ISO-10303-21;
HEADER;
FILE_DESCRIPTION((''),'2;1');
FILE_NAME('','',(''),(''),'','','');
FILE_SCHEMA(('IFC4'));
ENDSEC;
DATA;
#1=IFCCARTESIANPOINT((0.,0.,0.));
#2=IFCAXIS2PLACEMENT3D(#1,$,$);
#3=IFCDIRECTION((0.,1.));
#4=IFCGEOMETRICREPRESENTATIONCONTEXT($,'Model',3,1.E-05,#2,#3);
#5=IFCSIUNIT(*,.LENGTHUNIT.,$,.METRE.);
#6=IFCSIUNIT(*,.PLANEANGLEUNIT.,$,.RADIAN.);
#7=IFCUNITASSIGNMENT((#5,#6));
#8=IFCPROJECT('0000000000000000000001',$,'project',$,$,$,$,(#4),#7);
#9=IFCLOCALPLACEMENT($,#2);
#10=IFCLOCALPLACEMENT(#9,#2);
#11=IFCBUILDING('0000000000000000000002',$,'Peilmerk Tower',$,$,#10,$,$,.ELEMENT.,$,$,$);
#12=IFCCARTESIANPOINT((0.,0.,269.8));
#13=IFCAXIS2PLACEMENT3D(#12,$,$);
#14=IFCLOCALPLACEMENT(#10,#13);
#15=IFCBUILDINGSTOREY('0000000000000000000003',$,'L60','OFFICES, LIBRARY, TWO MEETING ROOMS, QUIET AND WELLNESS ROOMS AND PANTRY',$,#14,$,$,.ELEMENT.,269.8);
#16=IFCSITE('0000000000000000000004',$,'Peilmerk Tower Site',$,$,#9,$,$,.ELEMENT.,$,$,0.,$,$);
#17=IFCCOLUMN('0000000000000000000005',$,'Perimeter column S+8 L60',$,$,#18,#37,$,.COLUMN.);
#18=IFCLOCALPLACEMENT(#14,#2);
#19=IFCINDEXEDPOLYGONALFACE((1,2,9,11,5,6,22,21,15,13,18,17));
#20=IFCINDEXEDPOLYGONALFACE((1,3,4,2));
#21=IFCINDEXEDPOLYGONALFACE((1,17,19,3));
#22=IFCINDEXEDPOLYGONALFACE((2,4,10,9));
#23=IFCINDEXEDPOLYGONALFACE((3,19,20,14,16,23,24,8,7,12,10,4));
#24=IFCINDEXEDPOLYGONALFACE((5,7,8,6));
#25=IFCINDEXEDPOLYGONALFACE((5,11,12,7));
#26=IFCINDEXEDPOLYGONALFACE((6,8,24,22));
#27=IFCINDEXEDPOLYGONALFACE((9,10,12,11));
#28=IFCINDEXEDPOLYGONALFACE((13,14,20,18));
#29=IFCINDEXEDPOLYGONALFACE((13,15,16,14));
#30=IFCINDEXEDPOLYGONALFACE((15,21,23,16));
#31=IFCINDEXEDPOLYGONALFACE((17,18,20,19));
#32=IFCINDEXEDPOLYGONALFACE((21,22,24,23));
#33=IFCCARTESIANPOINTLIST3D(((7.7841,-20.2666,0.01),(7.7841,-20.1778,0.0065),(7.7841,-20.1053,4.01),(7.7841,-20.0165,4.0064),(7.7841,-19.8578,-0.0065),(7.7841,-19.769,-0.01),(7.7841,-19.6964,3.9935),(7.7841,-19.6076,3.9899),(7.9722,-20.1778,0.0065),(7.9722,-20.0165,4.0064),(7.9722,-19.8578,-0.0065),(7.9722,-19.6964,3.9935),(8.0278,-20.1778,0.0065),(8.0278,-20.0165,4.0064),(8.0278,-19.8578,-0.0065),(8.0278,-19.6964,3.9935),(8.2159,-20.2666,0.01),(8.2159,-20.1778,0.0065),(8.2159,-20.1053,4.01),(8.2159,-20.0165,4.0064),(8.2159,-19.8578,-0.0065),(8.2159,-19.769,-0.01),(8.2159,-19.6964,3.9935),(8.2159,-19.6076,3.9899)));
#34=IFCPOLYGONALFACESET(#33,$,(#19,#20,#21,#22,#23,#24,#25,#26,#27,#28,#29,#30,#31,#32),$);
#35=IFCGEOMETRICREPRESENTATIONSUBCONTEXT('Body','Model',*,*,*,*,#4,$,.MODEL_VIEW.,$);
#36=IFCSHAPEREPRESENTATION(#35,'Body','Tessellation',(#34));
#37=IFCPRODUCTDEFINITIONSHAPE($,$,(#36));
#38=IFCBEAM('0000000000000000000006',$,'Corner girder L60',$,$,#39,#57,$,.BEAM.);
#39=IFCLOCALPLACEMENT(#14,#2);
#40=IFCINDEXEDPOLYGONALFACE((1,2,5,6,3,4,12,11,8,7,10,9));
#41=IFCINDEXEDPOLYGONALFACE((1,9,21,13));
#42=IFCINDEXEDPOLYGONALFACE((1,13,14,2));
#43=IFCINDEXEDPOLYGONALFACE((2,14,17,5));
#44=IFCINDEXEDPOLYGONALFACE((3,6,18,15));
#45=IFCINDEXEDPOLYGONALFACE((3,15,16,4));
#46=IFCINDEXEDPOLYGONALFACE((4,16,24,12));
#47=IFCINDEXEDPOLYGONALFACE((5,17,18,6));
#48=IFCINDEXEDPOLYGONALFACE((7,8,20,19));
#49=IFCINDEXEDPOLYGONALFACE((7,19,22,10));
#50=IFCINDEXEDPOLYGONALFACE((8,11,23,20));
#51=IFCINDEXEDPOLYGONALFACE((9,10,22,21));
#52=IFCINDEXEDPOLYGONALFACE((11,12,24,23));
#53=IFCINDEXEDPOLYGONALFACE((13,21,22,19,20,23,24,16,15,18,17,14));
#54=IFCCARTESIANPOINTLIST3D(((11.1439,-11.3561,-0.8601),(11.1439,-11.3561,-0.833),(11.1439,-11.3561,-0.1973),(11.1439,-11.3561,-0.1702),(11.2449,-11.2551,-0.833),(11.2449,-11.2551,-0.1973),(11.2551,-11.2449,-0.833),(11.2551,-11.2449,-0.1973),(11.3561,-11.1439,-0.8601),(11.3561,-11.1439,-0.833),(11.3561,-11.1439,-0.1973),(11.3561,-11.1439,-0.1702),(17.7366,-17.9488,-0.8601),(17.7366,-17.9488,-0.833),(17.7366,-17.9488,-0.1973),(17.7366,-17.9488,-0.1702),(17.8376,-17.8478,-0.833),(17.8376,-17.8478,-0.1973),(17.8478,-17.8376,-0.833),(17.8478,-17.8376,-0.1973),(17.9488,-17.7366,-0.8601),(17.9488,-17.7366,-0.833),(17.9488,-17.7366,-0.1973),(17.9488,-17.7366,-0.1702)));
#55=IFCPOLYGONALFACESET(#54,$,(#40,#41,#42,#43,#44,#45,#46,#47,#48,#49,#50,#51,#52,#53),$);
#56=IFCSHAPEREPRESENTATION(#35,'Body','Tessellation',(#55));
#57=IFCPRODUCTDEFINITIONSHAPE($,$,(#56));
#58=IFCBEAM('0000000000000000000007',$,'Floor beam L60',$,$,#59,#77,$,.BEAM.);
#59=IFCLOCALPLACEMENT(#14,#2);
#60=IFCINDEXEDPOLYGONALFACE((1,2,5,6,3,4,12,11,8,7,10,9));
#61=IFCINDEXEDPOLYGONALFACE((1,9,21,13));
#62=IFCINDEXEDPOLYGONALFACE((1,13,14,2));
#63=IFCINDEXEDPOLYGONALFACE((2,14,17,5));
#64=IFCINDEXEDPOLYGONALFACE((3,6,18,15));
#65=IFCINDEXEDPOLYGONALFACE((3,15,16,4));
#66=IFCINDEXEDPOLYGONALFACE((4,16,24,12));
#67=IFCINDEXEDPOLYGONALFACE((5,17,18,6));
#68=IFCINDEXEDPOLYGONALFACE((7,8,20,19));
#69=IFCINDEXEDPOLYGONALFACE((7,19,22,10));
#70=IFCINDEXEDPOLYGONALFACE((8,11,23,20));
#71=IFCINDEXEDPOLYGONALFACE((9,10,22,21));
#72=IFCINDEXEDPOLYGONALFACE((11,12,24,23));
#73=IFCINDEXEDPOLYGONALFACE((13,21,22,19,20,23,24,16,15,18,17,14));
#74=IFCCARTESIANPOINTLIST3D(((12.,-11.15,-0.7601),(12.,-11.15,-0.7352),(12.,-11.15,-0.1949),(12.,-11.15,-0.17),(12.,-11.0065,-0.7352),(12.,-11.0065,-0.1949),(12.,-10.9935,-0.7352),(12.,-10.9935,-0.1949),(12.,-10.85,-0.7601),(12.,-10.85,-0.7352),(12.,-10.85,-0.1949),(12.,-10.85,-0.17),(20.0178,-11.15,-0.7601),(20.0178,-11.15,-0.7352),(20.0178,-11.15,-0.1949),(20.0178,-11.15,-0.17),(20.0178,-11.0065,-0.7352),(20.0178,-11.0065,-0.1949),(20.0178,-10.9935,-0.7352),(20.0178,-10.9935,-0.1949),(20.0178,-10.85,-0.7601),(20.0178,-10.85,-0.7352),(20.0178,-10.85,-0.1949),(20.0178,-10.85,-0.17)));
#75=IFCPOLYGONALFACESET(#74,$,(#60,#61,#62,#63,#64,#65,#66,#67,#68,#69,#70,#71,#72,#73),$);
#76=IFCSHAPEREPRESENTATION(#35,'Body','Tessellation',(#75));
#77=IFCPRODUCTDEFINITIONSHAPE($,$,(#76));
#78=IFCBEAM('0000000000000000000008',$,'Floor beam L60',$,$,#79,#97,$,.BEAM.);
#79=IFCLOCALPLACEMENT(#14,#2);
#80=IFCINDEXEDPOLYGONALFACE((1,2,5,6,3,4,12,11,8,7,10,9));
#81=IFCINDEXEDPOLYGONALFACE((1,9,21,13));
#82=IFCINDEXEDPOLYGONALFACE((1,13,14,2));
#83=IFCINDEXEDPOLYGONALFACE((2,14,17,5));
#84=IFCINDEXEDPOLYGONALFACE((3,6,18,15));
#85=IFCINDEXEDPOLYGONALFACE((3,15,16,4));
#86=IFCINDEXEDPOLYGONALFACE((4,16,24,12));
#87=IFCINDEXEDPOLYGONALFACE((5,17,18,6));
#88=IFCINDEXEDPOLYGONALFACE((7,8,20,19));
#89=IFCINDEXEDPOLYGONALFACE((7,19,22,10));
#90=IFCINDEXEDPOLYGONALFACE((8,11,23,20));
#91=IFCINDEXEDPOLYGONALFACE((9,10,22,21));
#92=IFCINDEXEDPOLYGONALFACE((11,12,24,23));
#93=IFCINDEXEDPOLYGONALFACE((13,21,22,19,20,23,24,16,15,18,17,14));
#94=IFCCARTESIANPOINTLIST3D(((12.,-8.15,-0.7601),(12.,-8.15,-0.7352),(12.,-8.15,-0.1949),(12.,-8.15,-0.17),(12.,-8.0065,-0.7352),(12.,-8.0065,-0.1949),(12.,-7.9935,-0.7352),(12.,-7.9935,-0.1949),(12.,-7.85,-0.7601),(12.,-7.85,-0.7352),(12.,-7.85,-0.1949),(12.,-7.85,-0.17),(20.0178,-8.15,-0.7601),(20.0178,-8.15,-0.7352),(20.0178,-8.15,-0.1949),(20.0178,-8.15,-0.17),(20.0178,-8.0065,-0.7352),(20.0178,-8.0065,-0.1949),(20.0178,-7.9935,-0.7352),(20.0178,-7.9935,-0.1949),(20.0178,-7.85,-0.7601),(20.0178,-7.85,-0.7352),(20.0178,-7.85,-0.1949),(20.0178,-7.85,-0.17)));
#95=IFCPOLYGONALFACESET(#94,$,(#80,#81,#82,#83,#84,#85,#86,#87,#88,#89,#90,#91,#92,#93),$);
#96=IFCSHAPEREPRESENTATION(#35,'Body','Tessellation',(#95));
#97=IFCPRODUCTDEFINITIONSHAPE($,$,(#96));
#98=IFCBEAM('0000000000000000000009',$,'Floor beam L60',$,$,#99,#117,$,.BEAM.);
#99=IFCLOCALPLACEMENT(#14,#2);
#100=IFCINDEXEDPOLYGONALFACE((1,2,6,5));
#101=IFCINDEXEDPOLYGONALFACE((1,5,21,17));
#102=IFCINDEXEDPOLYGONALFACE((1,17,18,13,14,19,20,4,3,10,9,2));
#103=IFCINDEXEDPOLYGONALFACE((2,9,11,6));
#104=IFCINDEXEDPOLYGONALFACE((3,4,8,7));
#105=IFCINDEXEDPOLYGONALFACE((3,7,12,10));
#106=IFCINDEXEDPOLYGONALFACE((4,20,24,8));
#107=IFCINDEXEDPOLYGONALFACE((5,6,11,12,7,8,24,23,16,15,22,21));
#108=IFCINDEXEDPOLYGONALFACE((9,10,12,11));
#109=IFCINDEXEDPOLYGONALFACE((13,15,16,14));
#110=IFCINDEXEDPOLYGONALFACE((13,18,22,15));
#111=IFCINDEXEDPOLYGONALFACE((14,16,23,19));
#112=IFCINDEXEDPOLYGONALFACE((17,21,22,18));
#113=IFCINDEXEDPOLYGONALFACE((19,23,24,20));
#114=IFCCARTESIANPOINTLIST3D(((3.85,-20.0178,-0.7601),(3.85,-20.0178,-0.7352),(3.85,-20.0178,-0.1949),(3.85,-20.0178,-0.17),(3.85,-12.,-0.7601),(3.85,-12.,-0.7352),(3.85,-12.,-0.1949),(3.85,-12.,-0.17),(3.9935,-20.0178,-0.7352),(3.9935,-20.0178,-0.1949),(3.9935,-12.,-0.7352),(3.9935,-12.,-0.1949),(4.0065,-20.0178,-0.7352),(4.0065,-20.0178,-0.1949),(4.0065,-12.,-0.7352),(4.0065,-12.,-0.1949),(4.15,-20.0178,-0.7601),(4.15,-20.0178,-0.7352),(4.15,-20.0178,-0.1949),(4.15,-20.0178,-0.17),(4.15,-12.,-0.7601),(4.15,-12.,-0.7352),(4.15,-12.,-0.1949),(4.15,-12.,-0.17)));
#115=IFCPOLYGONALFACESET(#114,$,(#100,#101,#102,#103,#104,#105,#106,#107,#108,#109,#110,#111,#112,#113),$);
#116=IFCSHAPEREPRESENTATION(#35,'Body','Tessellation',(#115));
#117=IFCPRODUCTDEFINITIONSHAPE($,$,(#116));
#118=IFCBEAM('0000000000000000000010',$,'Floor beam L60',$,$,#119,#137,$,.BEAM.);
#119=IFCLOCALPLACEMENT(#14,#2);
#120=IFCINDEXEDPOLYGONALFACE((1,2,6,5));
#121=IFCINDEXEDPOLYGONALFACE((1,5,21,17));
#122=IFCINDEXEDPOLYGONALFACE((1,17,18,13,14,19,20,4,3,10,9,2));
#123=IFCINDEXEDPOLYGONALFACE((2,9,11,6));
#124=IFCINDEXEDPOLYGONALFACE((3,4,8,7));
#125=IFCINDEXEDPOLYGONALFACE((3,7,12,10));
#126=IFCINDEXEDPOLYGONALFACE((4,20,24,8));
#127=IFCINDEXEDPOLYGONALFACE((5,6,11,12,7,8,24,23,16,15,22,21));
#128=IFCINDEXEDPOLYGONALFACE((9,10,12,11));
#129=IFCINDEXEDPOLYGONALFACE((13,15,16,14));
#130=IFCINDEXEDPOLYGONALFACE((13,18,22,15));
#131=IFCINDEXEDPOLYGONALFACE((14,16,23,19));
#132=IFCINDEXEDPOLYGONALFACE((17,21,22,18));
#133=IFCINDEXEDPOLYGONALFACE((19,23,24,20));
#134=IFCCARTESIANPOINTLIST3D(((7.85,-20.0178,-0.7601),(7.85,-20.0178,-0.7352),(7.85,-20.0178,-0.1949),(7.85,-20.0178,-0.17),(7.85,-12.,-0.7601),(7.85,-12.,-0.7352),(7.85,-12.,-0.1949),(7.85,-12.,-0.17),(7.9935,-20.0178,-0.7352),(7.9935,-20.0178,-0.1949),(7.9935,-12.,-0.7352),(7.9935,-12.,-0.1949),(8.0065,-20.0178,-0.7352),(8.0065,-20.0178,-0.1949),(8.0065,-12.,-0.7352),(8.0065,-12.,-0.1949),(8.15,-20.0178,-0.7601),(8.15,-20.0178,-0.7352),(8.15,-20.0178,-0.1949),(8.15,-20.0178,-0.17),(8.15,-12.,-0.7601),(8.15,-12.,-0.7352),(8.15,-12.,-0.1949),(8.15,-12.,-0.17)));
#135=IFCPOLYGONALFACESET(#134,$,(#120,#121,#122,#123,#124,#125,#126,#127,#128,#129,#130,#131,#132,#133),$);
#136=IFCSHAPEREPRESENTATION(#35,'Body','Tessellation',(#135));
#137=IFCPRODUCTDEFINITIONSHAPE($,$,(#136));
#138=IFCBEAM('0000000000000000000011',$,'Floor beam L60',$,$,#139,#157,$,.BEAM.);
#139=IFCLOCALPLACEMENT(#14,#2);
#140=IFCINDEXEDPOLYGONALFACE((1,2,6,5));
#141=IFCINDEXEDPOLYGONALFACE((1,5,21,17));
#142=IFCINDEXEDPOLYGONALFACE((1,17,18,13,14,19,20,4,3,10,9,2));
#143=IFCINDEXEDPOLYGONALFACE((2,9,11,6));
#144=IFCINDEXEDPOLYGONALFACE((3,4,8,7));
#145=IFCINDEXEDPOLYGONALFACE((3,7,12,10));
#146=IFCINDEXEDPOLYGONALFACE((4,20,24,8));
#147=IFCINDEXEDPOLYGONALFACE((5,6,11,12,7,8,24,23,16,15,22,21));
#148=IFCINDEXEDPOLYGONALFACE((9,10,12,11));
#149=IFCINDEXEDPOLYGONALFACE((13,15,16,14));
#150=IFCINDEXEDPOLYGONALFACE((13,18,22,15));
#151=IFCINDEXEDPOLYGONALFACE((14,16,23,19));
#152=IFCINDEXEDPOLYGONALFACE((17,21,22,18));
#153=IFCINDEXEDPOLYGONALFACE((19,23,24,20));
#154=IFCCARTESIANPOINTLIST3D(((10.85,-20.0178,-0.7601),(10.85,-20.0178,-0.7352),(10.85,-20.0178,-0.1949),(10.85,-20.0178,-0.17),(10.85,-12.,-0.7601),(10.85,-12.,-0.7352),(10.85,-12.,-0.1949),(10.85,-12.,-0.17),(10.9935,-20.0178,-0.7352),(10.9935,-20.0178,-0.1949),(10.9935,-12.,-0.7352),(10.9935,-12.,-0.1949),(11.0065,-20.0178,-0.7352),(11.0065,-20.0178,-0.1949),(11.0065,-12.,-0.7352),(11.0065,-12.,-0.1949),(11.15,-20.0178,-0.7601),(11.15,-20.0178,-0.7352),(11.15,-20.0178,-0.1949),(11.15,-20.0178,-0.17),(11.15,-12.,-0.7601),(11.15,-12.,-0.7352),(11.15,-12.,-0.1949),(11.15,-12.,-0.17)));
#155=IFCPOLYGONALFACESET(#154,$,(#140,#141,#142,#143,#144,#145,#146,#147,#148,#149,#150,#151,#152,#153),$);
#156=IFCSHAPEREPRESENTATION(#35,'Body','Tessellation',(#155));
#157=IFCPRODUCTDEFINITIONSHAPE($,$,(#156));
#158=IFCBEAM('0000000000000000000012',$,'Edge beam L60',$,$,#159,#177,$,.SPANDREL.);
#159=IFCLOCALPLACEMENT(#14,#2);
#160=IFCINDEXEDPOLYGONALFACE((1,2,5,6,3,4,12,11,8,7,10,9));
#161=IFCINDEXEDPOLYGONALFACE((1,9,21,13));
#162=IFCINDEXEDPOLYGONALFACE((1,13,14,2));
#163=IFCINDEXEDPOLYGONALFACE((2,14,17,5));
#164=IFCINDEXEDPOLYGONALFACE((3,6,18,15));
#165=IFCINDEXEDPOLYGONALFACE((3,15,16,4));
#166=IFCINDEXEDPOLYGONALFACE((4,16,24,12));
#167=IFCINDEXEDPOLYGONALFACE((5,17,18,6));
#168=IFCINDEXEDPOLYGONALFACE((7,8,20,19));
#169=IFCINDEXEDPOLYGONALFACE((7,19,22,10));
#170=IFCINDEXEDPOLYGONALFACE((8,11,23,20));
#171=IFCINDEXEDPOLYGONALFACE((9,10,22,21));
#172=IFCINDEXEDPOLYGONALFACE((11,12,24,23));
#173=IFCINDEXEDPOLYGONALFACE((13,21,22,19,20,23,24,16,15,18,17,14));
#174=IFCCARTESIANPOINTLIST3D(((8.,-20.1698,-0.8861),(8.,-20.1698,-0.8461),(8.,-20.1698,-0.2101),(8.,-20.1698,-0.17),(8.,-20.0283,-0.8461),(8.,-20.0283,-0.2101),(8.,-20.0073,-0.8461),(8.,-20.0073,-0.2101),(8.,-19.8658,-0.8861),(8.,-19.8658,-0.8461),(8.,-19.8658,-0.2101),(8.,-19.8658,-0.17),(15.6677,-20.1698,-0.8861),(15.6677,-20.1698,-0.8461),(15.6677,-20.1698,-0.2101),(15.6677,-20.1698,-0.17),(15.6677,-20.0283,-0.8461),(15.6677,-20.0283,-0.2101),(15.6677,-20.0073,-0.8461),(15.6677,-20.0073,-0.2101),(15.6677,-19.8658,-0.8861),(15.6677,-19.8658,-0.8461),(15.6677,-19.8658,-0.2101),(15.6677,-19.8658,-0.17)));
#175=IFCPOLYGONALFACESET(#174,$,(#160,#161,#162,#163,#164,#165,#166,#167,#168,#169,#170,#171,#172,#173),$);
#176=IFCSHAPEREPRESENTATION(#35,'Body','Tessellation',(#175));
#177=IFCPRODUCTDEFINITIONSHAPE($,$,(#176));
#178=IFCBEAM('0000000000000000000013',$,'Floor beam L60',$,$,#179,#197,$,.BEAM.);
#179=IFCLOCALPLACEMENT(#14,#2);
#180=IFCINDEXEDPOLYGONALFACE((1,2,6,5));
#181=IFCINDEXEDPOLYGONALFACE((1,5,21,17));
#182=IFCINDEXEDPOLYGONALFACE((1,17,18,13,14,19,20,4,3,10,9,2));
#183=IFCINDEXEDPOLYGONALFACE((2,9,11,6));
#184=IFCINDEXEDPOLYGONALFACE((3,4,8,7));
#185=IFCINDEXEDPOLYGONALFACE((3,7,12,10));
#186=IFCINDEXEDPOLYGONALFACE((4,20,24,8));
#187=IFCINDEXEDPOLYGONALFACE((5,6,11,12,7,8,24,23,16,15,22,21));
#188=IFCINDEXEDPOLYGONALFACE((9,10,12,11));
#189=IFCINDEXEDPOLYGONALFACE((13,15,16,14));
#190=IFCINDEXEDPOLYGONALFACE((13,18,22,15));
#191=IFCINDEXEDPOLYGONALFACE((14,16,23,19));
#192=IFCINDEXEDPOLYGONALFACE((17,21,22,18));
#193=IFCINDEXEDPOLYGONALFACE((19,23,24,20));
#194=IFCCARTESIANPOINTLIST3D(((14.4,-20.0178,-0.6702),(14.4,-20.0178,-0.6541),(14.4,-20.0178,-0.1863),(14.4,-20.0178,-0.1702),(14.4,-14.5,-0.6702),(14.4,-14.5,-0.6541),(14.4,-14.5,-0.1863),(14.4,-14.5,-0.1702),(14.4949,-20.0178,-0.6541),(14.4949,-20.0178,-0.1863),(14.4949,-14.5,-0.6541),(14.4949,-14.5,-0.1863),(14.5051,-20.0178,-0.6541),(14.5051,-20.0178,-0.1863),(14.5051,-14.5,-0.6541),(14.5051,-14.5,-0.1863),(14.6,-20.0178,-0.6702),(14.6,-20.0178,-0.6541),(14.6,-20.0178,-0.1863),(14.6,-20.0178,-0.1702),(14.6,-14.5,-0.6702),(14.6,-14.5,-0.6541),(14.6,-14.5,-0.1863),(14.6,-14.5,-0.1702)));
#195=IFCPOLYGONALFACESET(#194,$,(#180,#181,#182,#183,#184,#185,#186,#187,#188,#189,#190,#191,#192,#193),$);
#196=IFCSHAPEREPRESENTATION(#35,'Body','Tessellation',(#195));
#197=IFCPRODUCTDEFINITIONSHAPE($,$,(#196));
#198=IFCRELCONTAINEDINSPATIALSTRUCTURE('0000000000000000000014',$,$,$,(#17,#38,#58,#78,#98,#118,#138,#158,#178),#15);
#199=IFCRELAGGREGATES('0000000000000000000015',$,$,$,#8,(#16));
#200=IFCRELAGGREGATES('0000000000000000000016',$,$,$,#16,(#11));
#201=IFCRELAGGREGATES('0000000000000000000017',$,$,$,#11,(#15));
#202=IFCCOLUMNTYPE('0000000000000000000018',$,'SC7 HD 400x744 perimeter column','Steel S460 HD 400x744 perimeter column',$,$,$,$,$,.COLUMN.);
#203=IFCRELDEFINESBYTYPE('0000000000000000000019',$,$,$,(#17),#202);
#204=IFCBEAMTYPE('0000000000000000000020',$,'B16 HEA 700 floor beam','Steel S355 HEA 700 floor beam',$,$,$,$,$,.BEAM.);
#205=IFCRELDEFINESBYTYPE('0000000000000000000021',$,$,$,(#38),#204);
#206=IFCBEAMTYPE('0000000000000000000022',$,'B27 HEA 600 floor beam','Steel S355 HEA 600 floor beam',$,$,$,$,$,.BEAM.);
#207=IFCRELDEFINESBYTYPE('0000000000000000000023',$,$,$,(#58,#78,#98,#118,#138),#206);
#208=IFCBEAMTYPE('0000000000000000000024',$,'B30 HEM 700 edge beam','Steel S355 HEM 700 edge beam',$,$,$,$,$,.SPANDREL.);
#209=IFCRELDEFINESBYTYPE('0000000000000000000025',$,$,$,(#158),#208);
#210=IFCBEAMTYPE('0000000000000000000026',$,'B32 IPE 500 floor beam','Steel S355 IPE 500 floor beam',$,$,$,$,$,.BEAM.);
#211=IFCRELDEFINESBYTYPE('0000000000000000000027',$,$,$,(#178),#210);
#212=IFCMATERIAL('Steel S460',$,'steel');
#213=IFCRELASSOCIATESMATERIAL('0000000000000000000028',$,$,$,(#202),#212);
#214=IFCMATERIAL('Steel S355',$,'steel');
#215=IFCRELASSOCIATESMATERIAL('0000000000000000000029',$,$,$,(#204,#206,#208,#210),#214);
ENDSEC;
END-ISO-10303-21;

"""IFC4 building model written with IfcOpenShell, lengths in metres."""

from ifc_helpers import new_model, si_unit, direction, frame, origin, origin_2d, place, context, subcontext, project, spatial, i_section, extrude, material, material_profile, profile_set, type_object, element, save


model = new_model("IFC4")

# Units and contexts
model_context = context("Model", 3, precision=1e-05, world=origin(), true_north=direction((0.0, 1.0)))
body_context = subcontext(model_context, "Body", "Model", "MODEL_VIEW")
ifc_project = project(units=[si_unit("LENGTHUNIT", "METRE"), si_unit("PLANEANGLEUNIT", "RADIAN")], contexts=[model_context])

# Site, building, storey
site_placement = place(None, origin())
site = spatial("IfcSite", under=ifc_project, at=site_placement, Name="Peilmerk Tower Site", CompositionType="ELEMENT", RefElevation=0.0)
building_placement = place(site_placement, origin())
building = spatial("IfcBuilding", under=site, at=building_placement, Name="Peilmerk Tower", CompositionType="ELEMENT")
storey_placement = place(building_placement, frame((0.0, 0.0, 269.8)))
storey = spatial("IfcBuildingStorey", under=building, at=storey_placement, Name="L60", Description="OFFICES, LIBRARY, TWO MEETING ROOMS, QUIET AND WELLNESS ROOMS AND PANTRY", CompositionType="ELEMENT", Elevation=269.8)

# Column
ifc_material_1 = material(Name="Steel S460", Category="steel")
ifc_material_profile_1 = material_profile(ifc_material_1, i_section(OverallWidth=0.4319, OverallDepth=0.498, WebThickness=0.0557, FlangeThickness=0.0889, at=origin_2d()), Name="HD 400x744")
ifc_profile_set_1 = profile_set([ifc_material_profile_1], Name="Steel S460")
column_type = type_object("IfcColumnType", Name="SC7 HD 400x744 perimeter column", Description="Steel S460 HD 400x744 perimeter column", PredefinedType="COLUMN", material=ifc_profile_set_1)
column_placement = place(storey_placement, frame((8.0, -20.0178, 0.0), z_axis=(0.0, 0.040311, 0.999187), x_axis=(-1.0, 0.0, 0.0)))
element("IfcColumn", 1, at=column_placement, inside=storey, type_object=column_type, Name="Perimeter column S+8 L60", PredefinedType="COLUMN", context=body_context, shape_type="SweptSolid", body=[
    extrude(i_section(OverallWidth=0.4319, OverallDepth=0.498, WebThickness=0.0557, FlangeThickness=0.0889, at=origin_2d()), origin(), (0.0, 0.0, 1.0), 4.0032),
])

# Beams
ifc_material_2 = material(Name="Steel S355", Category="steel")
ifc_material_profile_2 = material_profile(ifc_material_2, i_section(OverallWidth=0.3, OverallDepth=0.6899, WebThickness=0.0144, FlangeThickness=0.0271, at=origin_2d()), Name="HEA 700")
ifc_profile_set_2 = profile_set([ifc_material_profile_2], Name="Steel S355")
beam_type_1 = type_object("IfcBeamType", Name="B16 HEA 700 floor beam", Description="Steel S355 HEA 700 floor beam", PredefinedType="BEAM", material=ifc_profile_set_2)
beam_1_placement = place(storey_placement, frame((11.25, -11.25, -0.5151), z_axis=(0.707107, -0.707107, 0.0), x_axis=(0.707107, 0.707107, 0.0)))
element("IfcBeam", 2, at=beam_1_placement, inside=storey, type_object=beam_type_1, Name="Corner girder L60", PredefinedType="BEAM", context=body_context, shape_type="SweptSolid", body=[
    extrude(i_section(OverallWidth=0.3, OverallDepth=0.6899, WebThickness=0.0144, FlangeThickness=0.0271, at=origin_2d()), origin(), (0.0, 0.0, 1.0), 9.3235),
])
ifc_material_profile_3 = material_profile(ifc_material_2, i_section(OverallWidth=0.3, OverallDepth=0.5901, WebThickness=0.0129, FlangeThickness=0.0249, at=origin_2d()), Name="HEA 600")
ifc_profile_set_3 = profile_set([ifc_material_profile_3], Name="Steel S355")
beam_type_2 = type_object("IfcBeamType", Name="B27 HEA 600 floor beam", Description="Steel S355 HEA 600 floor beam", PredefinedType="BEAM", material=ifc_profile_set_3)
for number, where, z_axis, x_axis, name in (
    (3, (12.0, -11.0, -0.4651), (1.0, 0.0, 0.0), (0.0, 1.0, 0.0), "Floor beam L60"),
    (4, (12.0, -8.0, -0.4651), (1.0, 0.0, 0.0), (0.0, 1.0, 0.0), "Floor beam L60"),
    (5, (4.0, -12.0, -0.4651), (0.0, -1.0, 0.0), (1.0, 0.0, 0.0), "Floor beam L60"),
    (6, (8.0, -12.0, -0.4651), (0.0, -1.0, 0.0), (1.0, 0.0, 0.0), "Floor beam L60"),
    (7, (11.0, -12.0, -0.4651), (0.0, -1.0, 0.0), (1.0, 0.0, 0.0), "Floor beam L60"),
):
    element("IfcBeam", number, at=place(storey_placement, frame(where, z_axis=z_axis, x_axis=x_axis)), inside=storey, type_object=beam_type_2, Name=name, PredefinedType="BEAM", context=body_context, shape_type="SweptSolid", body=[
        extrude(i_section(OverallWidth=0.3, OverallDepth=0.5901, WebThickness=0.0129, FlangeThickness=0.0249, at=origin_2d()), origin(), (0.0, 0.0, 1.0), 8.0178),
    ])
ifc_material_profile_4 = material_profile(ifc_material_2, i_section(OverallWidth=0.304, OverallDepth=0.7161, WebThickness=0.021, FlangeThickness=0.04, at=origin_2d()), Name="HEM 700")
ifc_profile_set_4 = profile_set([ifc_material_profile_4], Name="Steel S355")
beam_type_3 = type_object("IfcBeamType", Name="B30 HEM 700 edge beam", Description="Steel S355 HEM 700 edge beam", PredefinedType="SPANDREL", material=ifc_profile_set_4)
beam_2_placement = place(storey_placement, frame((8.0, -20.0178, -0.5281), z_axis=(1.0, 0.0, 0.0), x_axis=(0.0, 1.0, 0.0)))
element("IfcBeam", 8, at=beam_2_placement, inside=storey, type_object=beam_type_3, Name="Edge beam L60", PredefinedType="SPANDREL", context=body_context, shape_type="SweptSolid", body=[
    extrude(i_section(OverallWidth=0.304, OverallDepth=0.7161, WebThickness=0.021, FlangeThickness=0.04, at=origin_2d()), origin(), (0.0, 0.0, 1.0), 7.6677),
])
ifc_material_profile_5 = material_profile(ifc_material_2, i_section(OverallWidth=0.2, OverallDepth=0.5, WebThickness=0.0103, FlangeThickness=0.0161, at=origin_2d()), Name="IPE 500")
ifc_profile_set_5 = profile_set([ifc_material_profile_5], Name="Steel S355")
beam_type_4 = type_object("IfcBeamType", Name="B32 IPE 500 floor beam", Description="Steel S355 IPE 500 floor beam", PredefinedType="BEAM", material=ifc_profile_set_5)
for number, where, z_axis, x_axis, name in (
    (9, (14.5, -14.5, -0.4202), (0.0, -1.0, 0.0), (1.0, 0.0, 0.0), "Floor beam L60"),
):
    element("IfcBeam", number, at=place(storey_placement, frame(where, z_axis=z_axis, x_axis=x_axis)), inside=storey, type_object=beam_type_4, Name=name, PredefinedType="BEAM", context=body_context, shape_type="SweptSolid", body=[
        extrude(i_section(OverallWidth=0.2, OverallDepth=0.5, WebThickness=0.0103, FlangeThickness=0.0161, at=origin_2d()), origin(), (0.0, 0.0, 1.0), 5.5178),
    ])

save(model, "model.ifc")
